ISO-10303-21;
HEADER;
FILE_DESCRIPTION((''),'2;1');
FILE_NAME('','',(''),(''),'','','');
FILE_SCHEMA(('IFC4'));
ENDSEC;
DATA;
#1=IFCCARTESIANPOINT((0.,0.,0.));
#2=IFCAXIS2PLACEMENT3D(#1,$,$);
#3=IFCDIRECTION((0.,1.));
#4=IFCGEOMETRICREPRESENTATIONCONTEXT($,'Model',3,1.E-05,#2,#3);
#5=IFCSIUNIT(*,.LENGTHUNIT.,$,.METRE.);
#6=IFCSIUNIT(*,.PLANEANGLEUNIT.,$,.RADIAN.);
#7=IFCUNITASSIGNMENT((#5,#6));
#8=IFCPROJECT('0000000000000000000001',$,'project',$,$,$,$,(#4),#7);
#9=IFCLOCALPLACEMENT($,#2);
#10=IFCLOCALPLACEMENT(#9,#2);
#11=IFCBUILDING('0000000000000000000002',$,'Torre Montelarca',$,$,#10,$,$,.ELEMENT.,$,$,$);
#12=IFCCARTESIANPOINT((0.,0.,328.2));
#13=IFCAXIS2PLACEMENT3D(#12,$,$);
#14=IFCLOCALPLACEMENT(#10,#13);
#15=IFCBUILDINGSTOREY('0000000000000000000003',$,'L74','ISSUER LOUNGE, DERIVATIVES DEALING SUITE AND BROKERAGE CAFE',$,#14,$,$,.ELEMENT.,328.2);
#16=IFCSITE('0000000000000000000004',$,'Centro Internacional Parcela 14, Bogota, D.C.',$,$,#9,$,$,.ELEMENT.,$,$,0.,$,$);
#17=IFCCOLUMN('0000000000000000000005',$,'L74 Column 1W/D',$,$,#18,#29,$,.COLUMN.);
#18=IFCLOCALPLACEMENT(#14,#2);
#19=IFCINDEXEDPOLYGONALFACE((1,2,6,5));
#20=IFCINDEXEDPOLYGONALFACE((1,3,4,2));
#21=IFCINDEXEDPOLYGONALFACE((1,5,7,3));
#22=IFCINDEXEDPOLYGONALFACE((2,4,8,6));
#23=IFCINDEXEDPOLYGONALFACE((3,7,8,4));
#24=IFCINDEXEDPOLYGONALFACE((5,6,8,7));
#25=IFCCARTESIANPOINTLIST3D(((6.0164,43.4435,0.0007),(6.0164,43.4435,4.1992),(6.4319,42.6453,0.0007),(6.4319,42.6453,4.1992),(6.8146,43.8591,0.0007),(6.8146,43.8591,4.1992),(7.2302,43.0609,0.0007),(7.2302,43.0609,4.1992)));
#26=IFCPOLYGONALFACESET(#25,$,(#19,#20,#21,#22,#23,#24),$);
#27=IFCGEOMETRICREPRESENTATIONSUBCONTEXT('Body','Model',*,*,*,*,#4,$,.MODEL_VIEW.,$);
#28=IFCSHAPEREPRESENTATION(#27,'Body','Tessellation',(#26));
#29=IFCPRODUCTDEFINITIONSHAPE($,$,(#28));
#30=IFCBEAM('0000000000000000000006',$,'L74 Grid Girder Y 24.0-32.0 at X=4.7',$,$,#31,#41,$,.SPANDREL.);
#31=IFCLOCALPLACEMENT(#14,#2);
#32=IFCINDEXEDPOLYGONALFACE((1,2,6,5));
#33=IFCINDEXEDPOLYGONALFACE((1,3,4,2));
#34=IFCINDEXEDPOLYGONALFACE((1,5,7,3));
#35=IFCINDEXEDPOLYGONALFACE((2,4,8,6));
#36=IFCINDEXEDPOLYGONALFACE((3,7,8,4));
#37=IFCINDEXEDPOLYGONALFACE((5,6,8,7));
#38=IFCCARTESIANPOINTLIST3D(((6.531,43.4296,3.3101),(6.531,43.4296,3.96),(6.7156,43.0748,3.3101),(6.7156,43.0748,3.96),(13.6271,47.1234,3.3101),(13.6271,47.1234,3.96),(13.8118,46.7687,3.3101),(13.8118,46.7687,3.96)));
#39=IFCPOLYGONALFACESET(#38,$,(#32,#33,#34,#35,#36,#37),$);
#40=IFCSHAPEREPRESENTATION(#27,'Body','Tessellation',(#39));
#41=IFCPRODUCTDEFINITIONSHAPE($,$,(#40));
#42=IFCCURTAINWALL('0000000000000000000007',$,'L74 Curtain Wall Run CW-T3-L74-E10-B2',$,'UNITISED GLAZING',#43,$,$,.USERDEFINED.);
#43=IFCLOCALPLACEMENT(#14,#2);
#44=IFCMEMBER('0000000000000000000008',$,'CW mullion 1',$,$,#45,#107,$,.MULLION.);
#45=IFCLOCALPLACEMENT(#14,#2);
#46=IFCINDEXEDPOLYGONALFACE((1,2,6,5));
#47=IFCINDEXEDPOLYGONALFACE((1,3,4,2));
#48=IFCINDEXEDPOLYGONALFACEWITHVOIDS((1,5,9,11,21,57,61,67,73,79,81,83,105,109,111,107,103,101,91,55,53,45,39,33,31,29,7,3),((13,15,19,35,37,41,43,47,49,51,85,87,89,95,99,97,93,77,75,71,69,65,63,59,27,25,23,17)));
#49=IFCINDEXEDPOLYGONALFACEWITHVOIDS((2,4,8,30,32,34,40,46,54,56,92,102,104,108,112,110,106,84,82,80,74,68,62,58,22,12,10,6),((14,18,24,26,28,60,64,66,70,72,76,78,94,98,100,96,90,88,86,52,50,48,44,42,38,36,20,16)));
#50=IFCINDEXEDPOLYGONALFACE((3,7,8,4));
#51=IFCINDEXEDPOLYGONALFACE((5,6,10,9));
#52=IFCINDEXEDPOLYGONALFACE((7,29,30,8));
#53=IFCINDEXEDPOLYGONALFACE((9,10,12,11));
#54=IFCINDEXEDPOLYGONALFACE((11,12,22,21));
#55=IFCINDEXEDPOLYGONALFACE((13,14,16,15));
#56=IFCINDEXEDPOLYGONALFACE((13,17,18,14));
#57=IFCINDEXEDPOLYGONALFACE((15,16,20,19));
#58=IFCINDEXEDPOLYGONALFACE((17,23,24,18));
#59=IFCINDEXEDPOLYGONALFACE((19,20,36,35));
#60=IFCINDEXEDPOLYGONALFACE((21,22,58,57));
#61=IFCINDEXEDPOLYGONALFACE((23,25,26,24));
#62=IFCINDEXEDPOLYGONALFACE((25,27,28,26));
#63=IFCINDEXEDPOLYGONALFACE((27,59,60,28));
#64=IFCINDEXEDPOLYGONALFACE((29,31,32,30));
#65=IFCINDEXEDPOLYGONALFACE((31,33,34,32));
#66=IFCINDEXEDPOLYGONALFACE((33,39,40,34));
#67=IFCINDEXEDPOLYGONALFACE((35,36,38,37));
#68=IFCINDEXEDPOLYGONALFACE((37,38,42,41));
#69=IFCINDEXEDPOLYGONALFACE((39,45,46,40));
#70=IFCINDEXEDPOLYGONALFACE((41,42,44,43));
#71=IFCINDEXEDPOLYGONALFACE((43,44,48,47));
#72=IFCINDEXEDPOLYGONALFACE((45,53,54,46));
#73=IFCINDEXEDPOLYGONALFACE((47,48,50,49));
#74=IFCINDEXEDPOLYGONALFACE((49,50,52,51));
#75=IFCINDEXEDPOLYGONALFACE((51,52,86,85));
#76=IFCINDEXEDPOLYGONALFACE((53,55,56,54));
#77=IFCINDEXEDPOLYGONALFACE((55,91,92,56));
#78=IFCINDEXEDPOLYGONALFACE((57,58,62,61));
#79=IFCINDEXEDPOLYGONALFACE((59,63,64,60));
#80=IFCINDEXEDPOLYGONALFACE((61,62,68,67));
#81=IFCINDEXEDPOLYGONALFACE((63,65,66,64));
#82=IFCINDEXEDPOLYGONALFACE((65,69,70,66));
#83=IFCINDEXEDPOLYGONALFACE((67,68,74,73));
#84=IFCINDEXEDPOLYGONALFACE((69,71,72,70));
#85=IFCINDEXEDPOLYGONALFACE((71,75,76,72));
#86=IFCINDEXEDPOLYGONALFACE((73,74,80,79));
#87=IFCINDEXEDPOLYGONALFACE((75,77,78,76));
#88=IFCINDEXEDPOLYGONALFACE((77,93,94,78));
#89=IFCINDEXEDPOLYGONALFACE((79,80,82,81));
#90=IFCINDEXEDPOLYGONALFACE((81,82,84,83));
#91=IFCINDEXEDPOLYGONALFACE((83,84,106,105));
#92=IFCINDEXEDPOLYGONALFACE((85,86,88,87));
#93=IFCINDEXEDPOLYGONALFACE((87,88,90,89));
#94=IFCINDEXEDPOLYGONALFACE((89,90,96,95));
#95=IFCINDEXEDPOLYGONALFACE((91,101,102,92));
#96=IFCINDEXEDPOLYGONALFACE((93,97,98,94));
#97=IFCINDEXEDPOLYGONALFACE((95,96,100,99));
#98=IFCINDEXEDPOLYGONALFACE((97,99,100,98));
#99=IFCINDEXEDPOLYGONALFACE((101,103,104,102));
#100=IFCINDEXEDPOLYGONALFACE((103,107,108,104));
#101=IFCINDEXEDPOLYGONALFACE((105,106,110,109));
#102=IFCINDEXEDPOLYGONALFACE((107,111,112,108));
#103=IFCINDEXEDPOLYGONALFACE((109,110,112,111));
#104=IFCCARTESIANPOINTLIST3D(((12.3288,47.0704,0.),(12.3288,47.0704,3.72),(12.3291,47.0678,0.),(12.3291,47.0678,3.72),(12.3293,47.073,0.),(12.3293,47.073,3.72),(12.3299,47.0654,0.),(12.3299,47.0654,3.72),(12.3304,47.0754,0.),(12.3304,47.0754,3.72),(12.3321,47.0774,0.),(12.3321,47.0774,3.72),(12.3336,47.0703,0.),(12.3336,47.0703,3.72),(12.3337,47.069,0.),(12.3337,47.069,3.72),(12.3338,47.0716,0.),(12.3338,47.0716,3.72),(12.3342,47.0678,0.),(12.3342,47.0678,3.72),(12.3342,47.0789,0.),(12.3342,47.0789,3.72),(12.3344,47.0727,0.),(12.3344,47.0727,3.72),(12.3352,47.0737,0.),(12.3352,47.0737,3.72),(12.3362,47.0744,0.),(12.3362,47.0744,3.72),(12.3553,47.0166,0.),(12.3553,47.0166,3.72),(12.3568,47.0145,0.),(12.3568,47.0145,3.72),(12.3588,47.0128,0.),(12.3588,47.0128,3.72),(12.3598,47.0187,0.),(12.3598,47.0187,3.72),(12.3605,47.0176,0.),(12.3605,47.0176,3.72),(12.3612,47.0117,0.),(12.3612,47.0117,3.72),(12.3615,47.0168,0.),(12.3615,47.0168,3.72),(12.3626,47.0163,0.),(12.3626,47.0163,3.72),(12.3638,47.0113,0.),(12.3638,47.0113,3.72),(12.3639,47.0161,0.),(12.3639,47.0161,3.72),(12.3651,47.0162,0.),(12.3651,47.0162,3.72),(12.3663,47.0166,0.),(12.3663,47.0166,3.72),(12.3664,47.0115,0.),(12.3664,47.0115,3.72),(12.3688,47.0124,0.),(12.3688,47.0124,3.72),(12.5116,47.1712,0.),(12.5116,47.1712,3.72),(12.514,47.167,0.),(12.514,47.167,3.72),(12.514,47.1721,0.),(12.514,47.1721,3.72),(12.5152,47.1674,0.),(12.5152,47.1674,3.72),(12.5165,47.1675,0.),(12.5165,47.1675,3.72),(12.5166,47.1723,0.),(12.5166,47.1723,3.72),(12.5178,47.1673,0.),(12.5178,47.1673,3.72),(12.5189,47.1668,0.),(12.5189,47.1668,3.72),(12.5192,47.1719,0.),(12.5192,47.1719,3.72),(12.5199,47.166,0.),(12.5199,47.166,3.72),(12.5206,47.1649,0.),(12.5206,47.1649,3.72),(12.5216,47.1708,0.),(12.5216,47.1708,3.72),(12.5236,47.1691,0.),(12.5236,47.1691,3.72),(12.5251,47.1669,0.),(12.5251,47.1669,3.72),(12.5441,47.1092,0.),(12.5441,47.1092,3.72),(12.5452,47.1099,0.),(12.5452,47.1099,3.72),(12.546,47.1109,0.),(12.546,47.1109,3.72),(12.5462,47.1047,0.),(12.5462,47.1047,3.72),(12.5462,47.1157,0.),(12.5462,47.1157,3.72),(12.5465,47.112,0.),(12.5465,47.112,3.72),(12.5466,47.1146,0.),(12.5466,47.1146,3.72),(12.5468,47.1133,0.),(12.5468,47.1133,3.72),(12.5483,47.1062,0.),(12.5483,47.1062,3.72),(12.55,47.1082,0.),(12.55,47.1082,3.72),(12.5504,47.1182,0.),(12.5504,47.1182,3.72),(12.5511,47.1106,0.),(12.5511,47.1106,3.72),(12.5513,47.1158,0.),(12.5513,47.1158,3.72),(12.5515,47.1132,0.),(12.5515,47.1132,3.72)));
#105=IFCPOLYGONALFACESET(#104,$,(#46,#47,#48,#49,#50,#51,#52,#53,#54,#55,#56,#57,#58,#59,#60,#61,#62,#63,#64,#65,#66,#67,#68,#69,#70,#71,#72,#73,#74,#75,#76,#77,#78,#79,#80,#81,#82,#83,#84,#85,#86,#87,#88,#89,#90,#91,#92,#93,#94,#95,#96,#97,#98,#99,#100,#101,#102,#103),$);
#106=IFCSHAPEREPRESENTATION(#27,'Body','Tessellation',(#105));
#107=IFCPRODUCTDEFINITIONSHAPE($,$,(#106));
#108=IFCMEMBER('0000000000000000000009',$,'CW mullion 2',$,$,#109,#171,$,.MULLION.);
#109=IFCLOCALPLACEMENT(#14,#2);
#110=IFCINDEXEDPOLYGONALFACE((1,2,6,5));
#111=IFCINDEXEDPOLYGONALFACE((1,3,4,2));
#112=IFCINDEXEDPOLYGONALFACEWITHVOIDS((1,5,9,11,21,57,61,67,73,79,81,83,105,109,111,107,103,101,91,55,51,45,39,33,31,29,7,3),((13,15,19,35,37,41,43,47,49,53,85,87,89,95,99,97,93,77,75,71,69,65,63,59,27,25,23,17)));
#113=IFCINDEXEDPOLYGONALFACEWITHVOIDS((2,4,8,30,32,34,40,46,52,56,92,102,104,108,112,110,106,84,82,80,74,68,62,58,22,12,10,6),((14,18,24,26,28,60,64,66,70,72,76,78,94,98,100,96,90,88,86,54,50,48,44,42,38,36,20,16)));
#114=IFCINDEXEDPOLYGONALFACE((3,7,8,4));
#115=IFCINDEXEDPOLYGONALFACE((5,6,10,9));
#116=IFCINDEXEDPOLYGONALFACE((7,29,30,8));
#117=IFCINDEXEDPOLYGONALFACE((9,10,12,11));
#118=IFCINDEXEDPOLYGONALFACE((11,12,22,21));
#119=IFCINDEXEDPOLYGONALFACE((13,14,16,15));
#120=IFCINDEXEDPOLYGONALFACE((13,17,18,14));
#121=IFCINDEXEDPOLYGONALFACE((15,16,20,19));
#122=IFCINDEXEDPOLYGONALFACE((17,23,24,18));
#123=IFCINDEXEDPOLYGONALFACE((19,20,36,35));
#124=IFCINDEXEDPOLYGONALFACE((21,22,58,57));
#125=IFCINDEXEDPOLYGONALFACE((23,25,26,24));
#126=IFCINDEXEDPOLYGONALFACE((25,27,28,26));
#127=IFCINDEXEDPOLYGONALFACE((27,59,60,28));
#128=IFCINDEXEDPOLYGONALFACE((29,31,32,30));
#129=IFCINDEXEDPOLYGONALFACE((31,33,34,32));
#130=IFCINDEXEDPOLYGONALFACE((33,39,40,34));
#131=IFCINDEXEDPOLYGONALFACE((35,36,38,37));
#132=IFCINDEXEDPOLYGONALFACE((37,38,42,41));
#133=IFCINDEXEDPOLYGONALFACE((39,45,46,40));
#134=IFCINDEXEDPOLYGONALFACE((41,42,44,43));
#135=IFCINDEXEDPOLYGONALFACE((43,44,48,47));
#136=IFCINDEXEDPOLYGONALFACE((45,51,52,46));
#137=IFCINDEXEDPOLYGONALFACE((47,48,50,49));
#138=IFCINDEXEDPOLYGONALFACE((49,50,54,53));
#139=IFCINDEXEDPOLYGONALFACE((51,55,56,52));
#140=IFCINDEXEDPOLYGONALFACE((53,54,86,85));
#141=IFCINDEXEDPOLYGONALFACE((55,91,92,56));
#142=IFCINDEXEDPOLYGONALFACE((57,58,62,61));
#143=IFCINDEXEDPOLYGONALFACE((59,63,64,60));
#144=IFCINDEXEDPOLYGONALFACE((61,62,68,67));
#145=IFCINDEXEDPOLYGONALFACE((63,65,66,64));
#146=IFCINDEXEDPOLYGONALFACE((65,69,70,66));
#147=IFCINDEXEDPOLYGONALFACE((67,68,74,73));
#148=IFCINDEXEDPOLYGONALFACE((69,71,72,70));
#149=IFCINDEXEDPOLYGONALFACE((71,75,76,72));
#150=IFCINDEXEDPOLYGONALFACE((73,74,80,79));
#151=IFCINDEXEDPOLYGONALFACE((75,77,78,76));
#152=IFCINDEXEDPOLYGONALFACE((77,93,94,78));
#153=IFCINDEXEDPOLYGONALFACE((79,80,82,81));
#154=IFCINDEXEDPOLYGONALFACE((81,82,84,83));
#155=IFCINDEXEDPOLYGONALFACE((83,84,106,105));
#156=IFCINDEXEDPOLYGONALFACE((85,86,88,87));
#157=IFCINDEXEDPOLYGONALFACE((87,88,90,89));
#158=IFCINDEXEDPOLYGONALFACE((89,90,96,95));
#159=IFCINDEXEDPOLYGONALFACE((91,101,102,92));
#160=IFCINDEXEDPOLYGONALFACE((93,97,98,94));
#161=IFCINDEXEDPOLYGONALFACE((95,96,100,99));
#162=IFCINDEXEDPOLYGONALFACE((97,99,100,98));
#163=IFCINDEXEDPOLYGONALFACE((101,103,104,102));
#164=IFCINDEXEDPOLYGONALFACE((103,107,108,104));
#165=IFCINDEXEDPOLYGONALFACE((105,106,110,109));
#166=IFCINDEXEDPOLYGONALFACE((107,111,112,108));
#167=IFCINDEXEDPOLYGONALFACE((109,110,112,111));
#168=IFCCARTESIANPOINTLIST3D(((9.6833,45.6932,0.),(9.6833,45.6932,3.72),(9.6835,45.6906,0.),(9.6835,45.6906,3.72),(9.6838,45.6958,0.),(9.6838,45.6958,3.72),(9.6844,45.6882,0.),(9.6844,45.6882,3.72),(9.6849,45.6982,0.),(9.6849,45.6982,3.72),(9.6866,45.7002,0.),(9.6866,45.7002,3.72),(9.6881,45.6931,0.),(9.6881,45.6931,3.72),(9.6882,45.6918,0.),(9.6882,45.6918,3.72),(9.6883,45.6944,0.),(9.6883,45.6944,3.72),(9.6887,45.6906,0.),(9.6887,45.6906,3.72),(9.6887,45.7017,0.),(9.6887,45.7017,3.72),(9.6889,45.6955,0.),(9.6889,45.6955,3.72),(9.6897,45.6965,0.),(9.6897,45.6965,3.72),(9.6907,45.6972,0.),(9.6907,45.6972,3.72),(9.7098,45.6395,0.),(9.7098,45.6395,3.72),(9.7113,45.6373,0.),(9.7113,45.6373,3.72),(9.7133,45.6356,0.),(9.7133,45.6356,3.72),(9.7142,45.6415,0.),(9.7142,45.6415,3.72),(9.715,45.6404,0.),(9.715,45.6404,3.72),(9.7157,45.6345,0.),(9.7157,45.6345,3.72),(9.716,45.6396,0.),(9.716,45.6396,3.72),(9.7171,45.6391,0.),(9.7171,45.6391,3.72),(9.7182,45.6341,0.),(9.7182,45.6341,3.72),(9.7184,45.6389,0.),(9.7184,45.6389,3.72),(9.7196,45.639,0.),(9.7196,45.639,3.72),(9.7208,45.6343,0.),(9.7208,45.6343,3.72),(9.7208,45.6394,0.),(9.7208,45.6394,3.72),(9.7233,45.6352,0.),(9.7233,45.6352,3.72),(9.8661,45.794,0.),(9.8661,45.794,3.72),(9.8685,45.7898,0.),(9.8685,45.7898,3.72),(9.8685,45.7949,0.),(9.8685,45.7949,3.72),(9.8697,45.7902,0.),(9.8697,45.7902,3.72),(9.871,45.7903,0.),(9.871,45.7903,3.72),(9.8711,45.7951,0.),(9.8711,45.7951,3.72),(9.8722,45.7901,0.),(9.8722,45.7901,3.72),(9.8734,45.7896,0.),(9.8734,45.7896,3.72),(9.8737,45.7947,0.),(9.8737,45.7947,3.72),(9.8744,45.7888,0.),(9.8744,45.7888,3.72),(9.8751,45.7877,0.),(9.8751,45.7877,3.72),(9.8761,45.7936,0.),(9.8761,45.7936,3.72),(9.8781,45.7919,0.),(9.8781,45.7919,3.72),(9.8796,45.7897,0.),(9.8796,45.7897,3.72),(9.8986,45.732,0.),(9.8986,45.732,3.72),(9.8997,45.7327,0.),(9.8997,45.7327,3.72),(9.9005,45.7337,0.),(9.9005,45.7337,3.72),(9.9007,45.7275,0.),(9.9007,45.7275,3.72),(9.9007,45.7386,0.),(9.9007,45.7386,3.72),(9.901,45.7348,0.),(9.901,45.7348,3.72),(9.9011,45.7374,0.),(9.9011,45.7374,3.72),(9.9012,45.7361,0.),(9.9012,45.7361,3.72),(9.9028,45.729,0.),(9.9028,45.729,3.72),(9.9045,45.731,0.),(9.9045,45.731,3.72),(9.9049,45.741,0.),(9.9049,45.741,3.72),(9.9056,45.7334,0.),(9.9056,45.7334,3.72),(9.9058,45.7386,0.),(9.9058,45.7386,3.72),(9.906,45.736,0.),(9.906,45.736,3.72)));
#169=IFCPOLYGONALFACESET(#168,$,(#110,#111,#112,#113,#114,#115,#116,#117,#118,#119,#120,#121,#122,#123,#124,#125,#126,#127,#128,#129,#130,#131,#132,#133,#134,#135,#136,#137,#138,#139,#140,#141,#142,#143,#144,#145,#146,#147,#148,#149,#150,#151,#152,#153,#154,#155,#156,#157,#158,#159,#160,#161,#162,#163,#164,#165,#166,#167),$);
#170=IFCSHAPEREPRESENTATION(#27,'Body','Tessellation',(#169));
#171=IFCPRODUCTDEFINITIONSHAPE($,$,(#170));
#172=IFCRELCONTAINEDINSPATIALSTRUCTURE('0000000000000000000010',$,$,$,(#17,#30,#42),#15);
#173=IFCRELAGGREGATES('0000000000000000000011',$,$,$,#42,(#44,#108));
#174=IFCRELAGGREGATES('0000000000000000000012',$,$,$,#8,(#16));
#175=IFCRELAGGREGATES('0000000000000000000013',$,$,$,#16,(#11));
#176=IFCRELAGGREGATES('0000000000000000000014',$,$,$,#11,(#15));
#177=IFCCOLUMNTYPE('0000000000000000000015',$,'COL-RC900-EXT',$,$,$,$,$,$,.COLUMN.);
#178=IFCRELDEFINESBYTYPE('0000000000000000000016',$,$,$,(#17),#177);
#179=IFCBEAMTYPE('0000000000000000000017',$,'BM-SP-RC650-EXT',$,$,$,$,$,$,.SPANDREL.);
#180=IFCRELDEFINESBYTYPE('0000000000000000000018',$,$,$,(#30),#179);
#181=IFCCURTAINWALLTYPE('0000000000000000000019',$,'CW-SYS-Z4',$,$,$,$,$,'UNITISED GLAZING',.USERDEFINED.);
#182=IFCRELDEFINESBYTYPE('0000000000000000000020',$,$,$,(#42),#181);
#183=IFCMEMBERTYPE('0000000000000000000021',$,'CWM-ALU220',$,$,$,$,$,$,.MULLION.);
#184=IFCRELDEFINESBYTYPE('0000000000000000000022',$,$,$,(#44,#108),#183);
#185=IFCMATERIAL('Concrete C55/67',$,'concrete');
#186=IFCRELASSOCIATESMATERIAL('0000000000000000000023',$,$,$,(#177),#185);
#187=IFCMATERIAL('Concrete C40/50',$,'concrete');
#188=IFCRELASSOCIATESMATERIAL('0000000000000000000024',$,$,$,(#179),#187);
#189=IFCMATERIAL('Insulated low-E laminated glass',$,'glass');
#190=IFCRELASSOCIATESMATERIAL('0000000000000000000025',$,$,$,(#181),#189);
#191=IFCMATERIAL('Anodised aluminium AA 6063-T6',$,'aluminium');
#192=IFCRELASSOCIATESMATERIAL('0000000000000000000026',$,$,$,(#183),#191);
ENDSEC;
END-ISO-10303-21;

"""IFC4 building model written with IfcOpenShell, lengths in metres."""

from ifc_helpers import new_model, si_unit, direction, frame, origin, origin_2d, place, context, subcontext, project, spatial, rectangle, hollow_rectangle, extrude, source, transform, mapped, material, material_profile, profile_set, type_object, element, aggregate, save


model = new_model("IFC4")

# Units and contexts
model_context = context("Model", 3, precision=1e-05, world=origin(), true_north=direction((0.0, 1.0)))
body_context = subcontext(model_context, "Body", "Model", "MODEL_VIEW")
ifc_project = project(units=[si_unit("LENGTHUNIT", "METRE"), si_unit("PLANEANGLEUNIT", "RADIAN")], contexts=[model_context])

# Site, building, storey
site_placement = place(None, origin())
site = spatial("IfcSite", under=ifc_project, at=site_placement, Name="Centro Internacional Parcela 14, Bogota, D.C.", CompositionType="ELEMENT", RefElevation=0.0)
building_placement = place(site_placement, origin())
building = spatial("IfcBuilding", under=site, at=building_placement, Name="Torre Montelarca", CompositionType="ELEMENT")
storey_placement = place(building_placement, frame((0.0, 0.0, 328.2)))
storey = spatial("IfcBuildingStorey", under=building, at=storey_placement, Name="L74", Description="ISSUER LOUNGE, DERIVATIVES DEALING SUITE AND BROKERAGE CAFE", CompositionType="ELEMENT", Elevation=328.2)

# Column
ifc_material_1 = material(Name="Concrete C55/67", Category="concrete")
ifc_material_profile_1 = material_profile(ifc_material_1, rectangle(XDim=0.8999, YDim=0.8999, at=origin_2d()), Name="RC900X900", Category="concrete")
ifc_profile_set_1 = profile_set([ifc_material_profile_1], Name="Concrete C55/67")
column_type = type_object("IfcColumnType", Name="COL-RC900-EXT", PredefinedType="COLUMN", material=ifc_profile_set_1)
shared_shape_1 = source(origin(), body_context, "Body", "SweptSolid", [
    extrude(rectangle(XDim=0.8999, YDim=0.8999, at=origin_2d()), origin(), (0.0, 0.0, 1.0), 4.1985),
])
column_placement = place(storey_placement, frame((6.6233, 43.2522, 0.0007), z_axis=(0.0, 0.0, 1.0), x_axis=(-0.461749, 0.887011, 0.0)))
element("IfcColumn", 1, at=column_placement, inside=storey, type_object=column_type, Name="L74 Column 1W/D", PredefinedType="COLUMN", context=body_context, shape_type="MappedRepresentation", body=[
    mapped(shared_shape_1, transform((0.0, 0.0, 0.0), scale=1.0)),
])

# Beam
ifc_material_2 = material(Name="Concrete C40/50", Category="concrete")
ifc_material_profile_2 = material_profile(ifc_material_2, rectangle(XDim=0.3999, YDim=0.6499, at=origin_2d()), Name="RCB400X650", Category="concrete")
ifc_profile_set_2 = profile_set([ifc_material_profile_2], Name="Concrete C40/50")
beam_type = type_object("IfcBeamType", Name="BM-SP-RC650-EXT", PredefinedType="SPANDREL", material=ifc_profile_set_2)
shared_shape_2 = source(origin(), body_context, "Body", "SweptSolid", [
    extrude(rectangle(XDim=0.3999, YDim=0.6499, at=origin_2d()), origin(), (0.0, 0.0, 1.0), 8.0),
])
beam_placement = place(storey_placement, frame((6.6233, 43.2522, 3.635), z_axis=(0.887021, 0.461729, 0.0), x_axis=(-0.461729, 0.887021, 0.0)))
element("IfcBeam", 2, at=beam_placement, inside=storey, type_object=beam_type, Name="L74 Grid Girder Y 24.0-32.0 at X=4.7", PredefinedType="SPANDREL", context=body_context, shape_type="MappedRepresentation", body=[
    mapped(shared_shape_2, transform((0.0, 0.0, 0.0), scale=1.0)),
])

# Curtain wall, members
ifc_material_3 = material(Name="Insulated low-E laminated glass", Category="glass")
curtain_wall_type = type_object("IfcCurtainWallType", Name="CW-SYS-Z4", ElementType="UNITISED GLAZING", PredefinedType="USERDEFINED", material=ifc_material_3)
curtain_wall_1_placement = place(storey_placement, origin())
curtain_wall_1 = element("IfcCurtainWall", 3, at=curtain_wall_1_placement, inside=storey, type_object=curtain_wall_type, Name="L74 Curtain Wall Run CW-T3-L74-E10-B2", ObjectType="UNITISED GLAZING", PredefinedType="USERDEFINED")
ifc_material_4 = material(Name="Anodised aluminium AA 6063-T6", Category="aluminium")
ifc_material_profile_3 = material_profile(ifc_material_4, hollow_rectangle(XDim=0.075, YDim=0.22, WallThickness=0.0049, InnerFilletRadius=0.0049, OuterFilletRadius=0.01, at=origin_2d()), Name="ALU75X220X5", Category="aluminium")
ifc_profile_set_3 = profile_set([ifc_material_profile_3], Name="Anodised aluminium AA 6063-T6")
member_type_1 = type_object("IfcMemberType", Name="CWM-ALU220", PredefinedType="MULLION", material=ifc_profile_set_3)
shared_shape_3 = source(origin(), body_context, "Body", "SweptSolid", [
    extrude(hollow_rectangle(XDim=0.075, YDim=0.22, WallThickness=0.0049, InnerFilletRadius=0.0049, OuterFilletRadius=0.01, at=origin_2d()), origin(), (0.0, 0.0, 1.0), 3.72),
])
member_1_placement = place(storey_placement, frame((12.4402, 47.0918, 0.0), z_axis=(0.0, 0.0, 1.0), x_axis=(0.461757, -0.887007, 0.0)))
member_1 = element("IfcMember", 4, at=member_1_placement, type_object=member_type_1, Name="CW mullion 1", PredefinedType="MULLION", context=body_context, shape_type="MappedRepresentation", body=[
    mapped(shared_shape_3, transform((0.0, 0.0, 0.0), scale=1.0)),
])
member_2_placement = place(storey_placement, frame((9.7947, 45.7146, 0.0), z_axis=(0.0, 0.0, 1.0), x_axis=(0.461757, -0.887007, 0.0)))
member_2 = element("IfcMember", 5, at=member_2_placement, type_object=member_type_1, Name="CW mullion 2", PredefinedType="MULLION", context=body_context, shape_type="MappedRepresentation", body=[
    mapped(shared_shape_3, transform((0.0, 0.0, 0.0), scale=1.0)),
])

aggregate(curtain_wall_1, [member_1, member_2])

save(model, "model.ifc")
